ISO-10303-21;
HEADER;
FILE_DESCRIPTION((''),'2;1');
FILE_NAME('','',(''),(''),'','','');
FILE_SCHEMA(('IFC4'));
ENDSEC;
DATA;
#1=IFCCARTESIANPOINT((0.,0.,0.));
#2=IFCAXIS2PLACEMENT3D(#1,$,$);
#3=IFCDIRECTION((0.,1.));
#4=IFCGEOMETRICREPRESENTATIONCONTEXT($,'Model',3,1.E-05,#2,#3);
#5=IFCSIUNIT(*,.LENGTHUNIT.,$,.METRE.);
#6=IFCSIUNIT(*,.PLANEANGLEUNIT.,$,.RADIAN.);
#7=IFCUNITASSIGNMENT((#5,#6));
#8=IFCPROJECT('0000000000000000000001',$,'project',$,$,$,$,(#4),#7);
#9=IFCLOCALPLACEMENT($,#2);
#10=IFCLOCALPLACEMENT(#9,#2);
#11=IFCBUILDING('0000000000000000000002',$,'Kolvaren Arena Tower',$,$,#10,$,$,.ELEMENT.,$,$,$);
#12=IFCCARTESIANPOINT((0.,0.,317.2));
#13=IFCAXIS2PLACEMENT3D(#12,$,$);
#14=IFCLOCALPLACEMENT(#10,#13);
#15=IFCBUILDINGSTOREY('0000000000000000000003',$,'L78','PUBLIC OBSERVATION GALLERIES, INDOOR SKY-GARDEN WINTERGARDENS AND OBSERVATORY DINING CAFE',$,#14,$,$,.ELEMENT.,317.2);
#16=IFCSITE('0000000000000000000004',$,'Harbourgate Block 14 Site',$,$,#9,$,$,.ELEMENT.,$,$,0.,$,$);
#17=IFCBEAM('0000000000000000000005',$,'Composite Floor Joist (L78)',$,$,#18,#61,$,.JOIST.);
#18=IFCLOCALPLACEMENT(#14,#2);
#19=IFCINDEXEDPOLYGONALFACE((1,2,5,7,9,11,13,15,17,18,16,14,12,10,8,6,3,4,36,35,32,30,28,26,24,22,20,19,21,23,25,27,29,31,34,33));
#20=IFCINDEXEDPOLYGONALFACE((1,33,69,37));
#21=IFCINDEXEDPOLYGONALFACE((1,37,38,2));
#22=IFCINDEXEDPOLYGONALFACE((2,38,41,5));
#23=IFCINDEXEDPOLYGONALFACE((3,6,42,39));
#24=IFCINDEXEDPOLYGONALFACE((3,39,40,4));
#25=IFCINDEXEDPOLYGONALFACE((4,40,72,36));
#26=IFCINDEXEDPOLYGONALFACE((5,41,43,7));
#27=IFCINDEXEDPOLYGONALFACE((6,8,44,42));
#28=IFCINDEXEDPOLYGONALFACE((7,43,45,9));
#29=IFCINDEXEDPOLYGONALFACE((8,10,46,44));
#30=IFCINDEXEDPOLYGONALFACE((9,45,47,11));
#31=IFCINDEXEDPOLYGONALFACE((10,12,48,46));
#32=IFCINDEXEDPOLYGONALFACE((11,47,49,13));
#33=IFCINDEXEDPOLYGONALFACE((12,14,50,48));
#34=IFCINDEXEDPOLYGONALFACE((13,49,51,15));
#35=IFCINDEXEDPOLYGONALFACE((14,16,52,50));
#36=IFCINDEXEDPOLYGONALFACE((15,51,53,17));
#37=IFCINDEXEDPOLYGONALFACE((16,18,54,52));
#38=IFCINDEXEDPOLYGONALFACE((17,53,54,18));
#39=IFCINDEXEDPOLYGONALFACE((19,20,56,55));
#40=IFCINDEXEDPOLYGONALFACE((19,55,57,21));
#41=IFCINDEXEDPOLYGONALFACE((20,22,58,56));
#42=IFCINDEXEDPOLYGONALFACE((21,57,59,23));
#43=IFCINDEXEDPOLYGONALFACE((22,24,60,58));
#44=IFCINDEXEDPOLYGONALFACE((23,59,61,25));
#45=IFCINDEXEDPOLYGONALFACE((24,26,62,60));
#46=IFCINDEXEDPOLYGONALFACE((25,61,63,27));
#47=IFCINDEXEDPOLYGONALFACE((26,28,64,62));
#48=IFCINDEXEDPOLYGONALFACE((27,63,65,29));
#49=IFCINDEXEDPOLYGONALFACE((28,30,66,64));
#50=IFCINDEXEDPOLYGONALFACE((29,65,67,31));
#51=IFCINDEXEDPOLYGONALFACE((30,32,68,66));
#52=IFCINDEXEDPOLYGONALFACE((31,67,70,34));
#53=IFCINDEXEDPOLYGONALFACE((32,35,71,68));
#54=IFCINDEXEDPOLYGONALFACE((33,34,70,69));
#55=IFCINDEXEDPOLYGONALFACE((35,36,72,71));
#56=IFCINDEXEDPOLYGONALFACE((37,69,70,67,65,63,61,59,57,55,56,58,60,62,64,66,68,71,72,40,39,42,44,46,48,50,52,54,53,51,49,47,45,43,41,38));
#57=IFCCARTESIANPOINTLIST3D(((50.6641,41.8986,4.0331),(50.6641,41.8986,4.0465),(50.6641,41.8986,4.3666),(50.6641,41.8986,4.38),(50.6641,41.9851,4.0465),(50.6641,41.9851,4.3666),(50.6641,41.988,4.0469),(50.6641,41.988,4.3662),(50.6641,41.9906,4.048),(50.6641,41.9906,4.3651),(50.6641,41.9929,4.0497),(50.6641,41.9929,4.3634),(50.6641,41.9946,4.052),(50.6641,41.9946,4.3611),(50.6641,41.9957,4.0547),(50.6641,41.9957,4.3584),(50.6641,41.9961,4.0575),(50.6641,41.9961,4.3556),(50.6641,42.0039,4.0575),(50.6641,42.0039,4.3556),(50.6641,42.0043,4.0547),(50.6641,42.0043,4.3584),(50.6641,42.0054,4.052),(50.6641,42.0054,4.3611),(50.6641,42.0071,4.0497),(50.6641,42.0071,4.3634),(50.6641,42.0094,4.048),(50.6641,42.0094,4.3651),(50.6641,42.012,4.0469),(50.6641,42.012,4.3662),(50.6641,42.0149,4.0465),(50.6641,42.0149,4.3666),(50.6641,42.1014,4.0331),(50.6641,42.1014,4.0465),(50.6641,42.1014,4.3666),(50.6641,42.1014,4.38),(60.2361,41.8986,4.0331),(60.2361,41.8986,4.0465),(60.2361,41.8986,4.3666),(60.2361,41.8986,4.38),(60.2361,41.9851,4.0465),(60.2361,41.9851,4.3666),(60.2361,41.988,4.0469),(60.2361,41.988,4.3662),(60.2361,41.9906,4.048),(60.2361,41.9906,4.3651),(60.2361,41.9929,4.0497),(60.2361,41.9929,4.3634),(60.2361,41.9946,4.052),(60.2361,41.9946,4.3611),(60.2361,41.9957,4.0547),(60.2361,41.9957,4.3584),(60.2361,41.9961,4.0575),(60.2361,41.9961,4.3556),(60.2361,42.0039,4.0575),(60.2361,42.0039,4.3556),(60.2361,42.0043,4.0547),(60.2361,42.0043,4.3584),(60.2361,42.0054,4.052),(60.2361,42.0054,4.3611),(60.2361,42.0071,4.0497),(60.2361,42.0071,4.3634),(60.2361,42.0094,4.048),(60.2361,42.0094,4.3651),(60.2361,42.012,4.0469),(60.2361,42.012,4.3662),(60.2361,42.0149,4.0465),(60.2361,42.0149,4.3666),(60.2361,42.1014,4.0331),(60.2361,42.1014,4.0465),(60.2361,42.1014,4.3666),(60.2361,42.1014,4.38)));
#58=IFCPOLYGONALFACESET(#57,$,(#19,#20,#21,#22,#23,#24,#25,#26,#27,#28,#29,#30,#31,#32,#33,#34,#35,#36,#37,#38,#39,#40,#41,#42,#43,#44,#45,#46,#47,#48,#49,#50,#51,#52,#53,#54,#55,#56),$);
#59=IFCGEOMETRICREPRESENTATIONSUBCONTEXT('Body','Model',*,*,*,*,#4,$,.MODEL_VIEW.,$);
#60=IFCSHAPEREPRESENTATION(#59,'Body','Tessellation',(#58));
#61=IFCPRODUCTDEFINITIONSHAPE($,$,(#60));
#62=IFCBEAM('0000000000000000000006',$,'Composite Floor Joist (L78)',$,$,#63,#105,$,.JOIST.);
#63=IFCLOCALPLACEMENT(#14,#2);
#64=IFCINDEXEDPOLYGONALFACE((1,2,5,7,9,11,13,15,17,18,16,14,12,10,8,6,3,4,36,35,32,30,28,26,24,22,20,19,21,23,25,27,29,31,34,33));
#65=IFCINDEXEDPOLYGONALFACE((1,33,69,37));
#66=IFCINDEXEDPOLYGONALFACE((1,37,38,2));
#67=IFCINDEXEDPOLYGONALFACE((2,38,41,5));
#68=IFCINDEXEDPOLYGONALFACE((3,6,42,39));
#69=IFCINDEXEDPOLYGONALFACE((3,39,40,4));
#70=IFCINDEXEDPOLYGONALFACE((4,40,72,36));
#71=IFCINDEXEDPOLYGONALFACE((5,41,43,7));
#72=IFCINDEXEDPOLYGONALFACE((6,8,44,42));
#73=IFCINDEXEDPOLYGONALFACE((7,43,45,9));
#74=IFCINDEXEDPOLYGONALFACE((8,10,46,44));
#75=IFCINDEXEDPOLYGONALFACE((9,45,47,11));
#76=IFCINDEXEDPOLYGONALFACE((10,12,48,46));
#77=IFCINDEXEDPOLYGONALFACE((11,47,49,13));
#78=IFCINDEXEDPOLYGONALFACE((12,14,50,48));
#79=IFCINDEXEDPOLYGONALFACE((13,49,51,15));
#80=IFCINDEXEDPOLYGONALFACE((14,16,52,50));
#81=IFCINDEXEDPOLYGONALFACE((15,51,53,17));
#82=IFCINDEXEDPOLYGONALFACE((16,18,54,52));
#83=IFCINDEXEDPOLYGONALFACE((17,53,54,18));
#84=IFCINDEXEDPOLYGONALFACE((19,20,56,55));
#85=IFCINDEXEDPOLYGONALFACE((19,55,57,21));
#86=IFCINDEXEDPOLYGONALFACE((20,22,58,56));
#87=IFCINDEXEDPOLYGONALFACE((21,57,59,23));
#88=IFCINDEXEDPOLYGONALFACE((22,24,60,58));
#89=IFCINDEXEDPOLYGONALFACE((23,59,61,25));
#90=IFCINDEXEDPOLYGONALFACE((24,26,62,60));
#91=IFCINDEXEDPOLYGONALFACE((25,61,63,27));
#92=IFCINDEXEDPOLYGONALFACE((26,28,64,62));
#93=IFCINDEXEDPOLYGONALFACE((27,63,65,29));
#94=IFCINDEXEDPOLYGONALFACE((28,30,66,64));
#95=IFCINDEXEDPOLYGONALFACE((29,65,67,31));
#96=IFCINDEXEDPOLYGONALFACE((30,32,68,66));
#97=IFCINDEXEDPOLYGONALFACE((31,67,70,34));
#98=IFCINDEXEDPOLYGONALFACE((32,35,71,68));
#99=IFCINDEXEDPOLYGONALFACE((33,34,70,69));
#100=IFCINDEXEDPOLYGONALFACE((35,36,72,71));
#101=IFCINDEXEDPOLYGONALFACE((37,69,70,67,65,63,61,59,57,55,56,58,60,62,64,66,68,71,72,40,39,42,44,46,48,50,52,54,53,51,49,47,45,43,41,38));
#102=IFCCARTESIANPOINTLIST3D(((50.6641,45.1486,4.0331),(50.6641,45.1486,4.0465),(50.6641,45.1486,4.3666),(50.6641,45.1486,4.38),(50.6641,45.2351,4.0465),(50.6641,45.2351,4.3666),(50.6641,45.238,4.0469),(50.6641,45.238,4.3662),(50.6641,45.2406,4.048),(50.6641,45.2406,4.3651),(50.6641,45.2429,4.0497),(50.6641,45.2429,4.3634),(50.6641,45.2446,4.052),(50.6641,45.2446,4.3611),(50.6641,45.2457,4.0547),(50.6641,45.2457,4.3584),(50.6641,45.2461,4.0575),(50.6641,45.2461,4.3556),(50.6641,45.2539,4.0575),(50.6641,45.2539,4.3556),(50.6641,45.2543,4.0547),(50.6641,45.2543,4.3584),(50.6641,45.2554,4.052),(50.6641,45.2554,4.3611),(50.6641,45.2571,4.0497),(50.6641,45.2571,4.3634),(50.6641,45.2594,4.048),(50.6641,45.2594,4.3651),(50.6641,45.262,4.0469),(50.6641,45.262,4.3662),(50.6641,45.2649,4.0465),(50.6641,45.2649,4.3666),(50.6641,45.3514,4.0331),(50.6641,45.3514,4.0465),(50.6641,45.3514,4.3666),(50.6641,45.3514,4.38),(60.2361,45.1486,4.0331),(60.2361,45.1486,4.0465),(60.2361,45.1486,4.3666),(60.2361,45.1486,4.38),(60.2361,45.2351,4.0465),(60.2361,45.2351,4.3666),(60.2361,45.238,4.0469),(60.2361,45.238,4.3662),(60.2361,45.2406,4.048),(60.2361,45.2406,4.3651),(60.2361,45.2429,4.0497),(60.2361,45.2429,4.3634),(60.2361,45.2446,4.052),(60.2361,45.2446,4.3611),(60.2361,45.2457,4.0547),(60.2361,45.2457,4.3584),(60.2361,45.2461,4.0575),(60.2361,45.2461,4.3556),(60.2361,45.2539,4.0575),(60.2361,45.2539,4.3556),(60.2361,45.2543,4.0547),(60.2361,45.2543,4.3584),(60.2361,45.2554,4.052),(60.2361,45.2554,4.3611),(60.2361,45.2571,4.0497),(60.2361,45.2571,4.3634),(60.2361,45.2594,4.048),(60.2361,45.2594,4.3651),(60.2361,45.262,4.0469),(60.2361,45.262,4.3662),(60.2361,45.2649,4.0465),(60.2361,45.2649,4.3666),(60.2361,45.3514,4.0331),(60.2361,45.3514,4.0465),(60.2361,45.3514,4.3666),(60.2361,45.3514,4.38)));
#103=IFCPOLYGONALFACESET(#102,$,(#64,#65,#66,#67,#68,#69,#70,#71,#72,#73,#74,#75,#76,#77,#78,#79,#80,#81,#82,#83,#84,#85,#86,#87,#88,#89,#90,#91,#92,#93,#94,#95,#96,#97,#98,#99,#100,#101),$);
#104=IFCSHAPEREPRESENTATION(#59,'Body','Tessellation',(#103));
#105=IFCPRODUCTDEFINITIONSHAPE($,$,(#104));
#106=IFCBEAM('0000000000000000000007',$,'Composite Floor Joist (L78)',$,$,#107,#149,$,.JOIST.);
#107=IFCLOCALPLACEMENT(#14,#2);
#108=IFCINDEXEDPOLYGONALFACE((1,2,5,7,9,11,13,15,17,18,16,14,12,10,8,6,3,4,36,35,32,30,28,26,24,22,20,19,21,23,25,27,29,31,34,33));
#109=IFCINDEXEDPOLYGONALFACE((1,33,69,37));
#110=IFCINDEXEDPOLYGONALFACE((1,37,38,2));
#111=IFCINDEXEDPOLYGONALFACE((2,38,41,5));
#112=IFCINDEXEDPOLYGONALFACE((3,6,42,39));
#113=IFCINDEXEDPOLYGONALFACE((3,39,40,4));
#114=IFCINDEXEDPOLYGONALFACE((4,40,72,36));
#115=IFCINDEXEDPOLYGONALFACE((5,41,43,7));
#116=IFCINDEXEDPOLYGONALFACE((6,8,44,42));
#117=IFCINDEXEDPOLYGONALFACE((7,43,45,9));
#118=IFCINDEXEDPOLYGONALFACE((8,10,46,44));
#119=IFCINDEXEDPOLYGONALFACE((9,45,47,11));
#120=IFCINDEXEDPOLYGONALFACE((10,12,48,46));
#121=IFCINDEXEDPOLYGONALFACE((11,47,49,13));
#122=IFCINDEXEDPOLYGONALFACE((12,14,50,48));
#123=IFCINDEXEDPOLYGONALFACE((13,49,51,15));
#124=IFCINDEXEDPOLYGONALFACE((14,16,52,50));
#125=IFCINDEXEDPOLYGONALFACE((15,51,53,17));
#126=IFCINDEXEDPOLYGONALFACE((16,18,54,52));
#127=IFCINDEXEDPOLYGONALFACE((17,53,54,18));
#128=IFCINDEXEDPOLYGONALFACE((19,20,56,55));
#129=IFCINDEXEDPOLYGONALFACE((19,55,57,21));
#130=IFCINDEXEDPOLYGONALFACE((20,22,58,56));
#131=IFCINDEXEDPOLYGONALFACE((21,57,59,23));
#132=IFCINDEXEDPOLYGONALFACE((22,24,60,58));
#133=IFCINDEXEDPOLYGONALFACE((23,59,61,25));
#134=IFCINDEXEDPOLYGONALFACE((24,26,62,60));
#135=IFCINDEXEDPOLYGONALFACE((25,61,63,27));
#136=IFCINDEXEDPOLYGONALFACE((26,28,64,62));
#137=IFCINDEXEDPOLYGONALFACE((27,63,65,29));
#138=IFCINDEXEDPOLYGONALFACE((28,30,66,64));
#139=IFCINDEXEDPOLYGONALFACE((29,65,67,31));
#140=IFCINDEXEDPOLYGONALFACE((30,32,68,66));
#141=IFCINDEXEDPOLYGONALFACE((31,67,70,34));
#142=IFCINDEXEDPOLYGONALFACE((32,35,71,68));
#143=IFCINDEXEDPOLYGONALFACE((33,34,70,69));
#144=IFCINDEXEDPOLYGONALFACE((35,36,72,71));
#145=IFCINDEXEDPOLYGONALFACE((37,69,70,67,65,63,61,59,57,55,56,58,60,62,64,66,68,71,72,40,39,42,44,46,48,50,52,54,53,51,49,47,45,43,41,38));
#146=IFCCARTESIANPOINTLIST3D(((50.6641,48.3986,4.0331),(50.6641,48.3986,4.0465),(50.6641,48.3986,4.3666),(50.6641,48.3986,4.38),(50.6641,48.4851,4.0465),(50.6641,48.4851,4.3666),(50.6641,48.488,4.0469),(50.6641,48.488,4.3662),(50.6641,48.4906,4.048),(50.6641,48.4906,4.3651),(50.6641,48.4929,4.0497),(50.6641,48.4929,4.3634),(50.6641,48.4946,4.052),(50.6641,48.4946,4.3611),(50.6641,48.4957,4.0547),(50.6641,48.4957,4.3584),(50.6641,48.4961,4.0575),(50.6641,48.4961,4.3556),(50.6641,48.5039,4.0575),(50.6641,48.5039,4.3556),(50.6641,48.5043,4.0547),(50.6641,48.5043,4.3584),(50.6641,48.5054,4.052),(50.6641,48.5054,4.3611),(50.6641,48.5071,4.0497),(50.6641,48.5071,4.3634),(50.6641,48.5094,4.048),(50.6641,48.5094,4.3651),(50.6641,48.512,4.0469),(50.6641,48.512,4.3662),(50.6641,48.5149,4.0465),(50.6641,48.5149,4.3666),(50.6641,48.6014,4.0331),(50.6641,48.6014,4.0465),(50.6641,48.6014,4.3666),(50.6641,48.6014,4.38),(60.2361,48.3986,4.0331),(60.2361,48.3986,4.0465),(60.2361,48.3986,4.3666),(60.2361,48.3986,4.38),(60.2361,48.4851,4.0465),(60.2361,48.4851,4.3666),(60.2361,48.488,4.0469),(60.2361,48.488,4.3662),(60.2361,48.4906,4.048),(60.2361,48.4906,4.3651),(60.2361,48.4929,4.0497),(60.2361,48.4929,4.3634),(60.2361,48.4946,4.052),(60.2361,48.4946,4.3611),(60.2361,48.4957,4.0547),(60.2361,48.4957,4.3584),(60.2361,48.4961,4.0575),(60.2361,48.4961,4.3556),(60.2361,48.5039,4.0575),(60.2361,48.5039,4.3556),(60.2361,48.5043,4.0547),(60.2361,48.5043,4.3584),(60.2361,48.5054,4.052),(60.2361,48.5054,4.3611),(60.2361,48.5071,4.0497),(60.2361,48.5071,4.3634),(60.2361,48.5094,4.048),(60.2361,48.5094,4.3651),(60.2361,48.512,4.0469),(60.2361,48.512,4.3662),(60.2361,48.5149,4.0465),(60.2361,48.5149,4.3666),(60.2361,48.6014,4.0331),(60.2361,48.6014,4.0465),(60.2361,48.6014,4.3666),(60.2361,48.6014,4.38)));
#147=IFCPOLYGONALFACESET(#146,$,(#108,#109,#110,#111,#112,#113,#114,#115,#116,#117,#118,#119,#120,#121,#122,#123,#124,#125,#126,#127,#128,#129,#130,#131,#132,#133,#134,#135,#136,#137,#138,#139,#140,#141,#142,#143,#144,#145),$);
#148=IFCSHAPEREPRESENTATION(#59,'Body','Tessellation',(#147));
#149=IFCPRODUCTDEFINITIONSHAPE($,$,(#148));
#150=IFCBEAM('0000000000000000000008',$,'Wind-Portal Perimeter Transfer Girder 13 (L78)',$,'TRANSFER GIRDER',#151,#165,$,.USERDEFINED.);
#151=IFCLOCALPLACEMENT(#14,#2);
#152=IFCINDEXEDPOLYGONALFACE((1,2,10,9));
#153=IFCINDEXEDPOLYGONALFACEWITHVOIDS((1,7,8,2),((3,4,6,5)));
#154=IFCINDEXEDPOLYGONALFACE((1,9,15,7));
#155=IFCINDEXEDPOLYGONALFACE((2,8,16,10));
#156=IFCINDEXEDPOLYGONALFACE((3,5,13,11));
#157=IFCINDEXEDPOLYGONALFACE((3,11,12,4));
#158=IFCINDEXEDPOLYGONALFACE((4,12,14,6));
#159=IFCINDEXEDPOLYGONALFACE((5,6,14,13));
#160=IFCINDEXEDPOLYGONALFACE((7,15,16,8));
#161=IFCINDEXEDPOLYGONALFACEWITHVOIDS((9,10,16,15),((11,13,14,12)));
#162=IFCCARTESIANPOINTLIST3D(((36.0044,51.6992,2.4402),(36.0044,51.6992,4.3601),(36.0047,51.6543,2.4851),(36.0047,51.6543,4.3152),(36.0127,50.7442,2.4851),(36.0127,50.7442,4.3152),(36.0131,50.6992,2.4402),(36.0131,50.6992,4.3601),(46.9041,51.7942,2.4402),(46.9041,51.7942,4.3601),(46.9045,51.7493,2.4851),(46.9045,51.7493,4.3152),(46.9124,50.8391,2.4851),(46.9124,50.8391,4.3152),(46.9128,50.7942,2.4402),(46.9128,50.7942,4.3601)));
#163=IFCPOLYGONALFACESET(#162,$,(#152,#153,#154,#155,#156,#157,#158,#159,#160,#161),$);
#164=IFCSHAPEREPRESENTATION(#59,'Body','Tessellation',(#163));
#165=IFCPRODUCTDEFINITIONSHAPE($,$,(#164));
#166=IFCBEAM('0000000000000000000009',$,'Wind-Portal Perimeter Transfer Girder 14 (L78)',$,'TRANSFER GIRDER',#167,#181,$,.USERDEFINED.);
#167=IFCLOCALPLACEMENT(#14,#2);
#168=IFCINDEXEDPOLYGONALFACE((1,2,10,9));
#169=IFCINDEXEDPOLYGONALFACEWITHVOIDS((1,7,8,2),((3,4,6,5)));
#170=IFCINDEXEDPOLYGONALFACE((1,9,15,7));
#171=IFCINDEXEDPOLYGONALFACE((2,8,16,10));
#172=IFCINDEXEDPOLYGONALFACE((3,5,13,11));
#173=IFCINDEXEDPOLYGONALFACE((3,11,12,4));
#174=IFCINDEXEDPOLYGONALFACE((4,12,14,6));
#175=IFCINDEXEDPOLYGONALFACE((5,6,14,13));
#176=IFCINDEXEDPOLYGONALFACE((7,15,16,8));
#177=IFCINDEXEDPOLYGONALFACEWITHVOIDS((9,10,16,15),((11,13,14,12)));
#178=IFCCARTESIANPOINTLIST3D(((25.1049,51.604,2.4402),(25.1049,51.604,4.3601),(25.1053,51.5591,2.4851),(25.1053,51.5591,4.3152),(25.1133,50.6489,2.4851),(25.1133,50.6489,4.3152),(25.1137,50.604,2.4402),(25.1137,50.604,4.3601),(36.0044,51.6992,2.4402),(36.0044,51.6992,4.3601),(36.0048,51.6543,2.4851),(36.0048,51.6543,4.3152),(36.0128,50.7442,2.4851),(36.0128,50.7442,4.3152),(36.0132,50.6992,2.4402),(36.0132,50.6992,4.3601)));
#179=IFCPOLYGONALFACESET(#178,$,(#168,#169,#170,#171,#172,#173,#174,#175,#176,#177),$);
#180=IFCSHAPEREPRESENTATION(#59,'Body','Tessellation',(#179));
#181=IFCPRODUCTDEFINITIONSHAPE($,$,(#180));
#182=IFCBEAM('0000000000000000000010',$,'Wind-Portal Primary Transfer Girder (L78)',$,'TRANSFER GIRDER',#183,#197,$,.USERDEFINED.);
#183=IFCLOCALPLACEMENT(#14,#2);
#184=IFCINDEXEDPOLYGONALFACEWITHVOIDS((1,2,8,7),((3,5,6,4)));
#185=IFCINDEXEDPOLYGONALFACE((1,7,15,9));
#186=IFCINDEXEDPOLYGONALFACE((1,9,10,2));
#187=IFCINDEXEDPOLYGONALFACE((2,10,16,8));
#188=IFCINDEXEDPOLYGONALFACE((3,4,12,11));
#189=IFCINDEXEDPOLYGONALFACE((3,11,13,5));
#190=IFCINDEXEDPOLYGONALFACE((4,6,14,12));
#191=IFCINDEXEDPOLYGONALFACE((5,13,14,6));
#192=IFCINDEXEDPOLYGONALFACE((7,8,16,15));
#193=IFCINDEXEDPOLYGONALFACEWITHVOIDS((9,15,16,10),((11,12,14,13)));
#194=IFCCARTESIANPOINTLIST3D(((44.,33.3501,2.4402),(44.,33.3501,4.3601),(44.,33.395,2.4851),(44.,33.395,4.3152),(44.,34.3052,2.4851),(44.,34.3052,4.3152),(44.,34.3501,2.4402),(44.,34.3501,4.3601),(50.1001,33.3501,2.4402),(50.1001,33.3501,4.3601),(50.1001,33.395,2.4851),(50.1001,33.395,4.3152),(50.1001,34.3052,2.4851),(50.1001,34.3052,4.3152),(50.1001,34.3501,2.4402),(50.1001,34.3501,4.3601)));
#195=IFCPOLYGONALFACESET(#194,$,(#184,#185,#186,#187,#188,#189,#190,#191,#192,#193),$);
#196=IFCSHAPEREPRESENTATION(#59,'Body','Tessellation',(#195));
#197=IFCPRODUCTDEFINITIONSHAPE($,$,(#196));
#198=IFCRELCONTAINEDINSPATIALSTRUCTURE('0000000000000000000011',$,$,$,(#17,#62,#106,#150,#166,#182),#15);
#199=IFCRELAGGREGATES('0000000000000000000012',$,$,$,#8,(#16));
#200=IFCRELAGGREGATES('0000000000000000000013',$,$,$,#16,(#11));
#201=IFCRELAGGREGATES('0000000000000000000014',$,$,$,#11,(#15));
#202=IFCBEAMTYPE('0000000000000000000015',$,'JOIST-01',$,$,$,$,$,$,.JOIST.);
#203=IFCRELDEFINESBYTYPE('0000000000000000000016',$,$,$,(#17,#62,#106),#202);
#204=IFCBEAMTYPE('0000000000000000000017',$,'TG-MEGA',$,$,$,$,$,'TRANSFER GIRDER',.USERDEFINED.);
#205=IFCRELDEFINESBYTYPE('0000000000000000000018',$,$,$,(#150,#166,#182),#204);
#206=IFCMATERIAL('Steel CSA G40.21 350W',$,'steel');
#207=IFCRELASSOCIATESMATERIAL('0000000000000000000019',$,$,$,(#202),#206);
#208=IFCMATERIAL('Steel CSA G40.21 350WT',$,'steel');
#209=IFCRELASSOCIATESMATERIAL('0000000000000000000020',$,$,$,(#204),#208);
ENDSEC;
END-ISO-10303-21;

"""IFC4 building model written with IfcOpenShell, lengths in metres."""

from ifc_helpers import new_model, si_unit, direction, frame, origin, origin_2d, place, context, subcontext, project, spatial, hollow_rectangle, i_section, extrude, material, material_profile, profile_set, type_object, element, save


model = new_model("IFC4")

# Units and contexts
model_context = context("Model", 3, precision=1e-05, world=origin(), true_north=direction((0.0, 1.0)))
body_context = subcontext(model_context, "Body", "Model", "MODEL_VIEW")
ifc_project = project(units=[si_unit("LENGTHUNIT", "METRE"), si_unit("PLANEANGLEUNIT", "RADIAN")], contexts=[model_context])

# Site, building, storey
site_placement = place(None, origin())
site = spatial("IfcSite", under=ifc_project, at=site_placement, Name="Harbourgate Block 14 Site", CompositionType="ELEMENT", RefElevation=0.0)
building_placement = place(site_placement, origin())
building = spatial("IfcBuilding", under=site, at=building_placement, Name="Kolvaren Arena Tower", CompositionType="ELEMENT")
storey_placement = place(building_placement, frame((0.0, 0.0, 317.2)))
storey = spatial("IfcBuildingStorey", under=building, at=storey_placement, Name="L78", Description="PUBLIC OBSERVATION GALLERIES, INDOOR SKY-GARDEN WINTERGARDENS AND OBSERVATORY DINING CAFE", CompositionType="ELEMENT", Elevation=317.2)

# Shared definitions
ifc_material_1 = material(Name="Steel CSA G40.21 350W", Category="steel")

# Beams
ifc_material_profile_1 = material_profile(ifc_material_1, i_section(OverallWidth=0.2029, OverallDepth=0.3469, WebThickness=0.0078, FlangeThickness=0.0134, FilletRadius=0.011, at=origin_2d()), Name="W360x64")
ifc_profile_set_1 = profile_set([ifc_material_profile_1], Name="Steel CSA G40.21 350W")
beam_type_1 = type_object("IfcBeamType", Name="JOIST-01", PredefinedType="JOIST", material=ifc_profile_set_1)
for number, where, z_axis, x_axis, name in (
    (1, (50.6641, 42.0, 4.2065), (1.0, 0.0, 0.0), (0.0, 1.0, 0.0), "Composite Floor Joist (L78)"),
    (2, (50.6641, 45.25, 4.2065), (1.0, 0.0, 0.0), (0.0, 1.0, 0.0), "Composite Floor Joist (L78)"),
    (3, (50.6641, 48.5, 4.2065), (1.0, 0.0, 0.0), (0.0, 1.0, 0.0), "Composite Floor Joist (L78)"),
):
    element("IfcBeam", number, at=place(storey_placement, frame(where, z_axis=z_axis, x_axis=x_axis)), inside=storey, type_object=beam_type_1, Name=name, PredefinedType="JOIST", context=body_context, shape_type="SweptSolid", body=[
        extrude(i_section(OverallWidth=0.2029, OverallDepth=0.3469, WebThickness=0.0078, FlangeThickness=0.0134, FilletRadius=0.011, at=origin_2d()), origin(), (0.0, 0.0, 1.0), 9.572),
    ])
ifc_material_2 = material(Name="Steel CSA G40.21 350WT", Category="steel")
ifc_material_profile_2 = material_profile(ifc_material_2, hollow_rectangle(XDim=1.0, YDim=1.9199, WallThickness=0.0449, at=origin_2d()), Name="BOX 1000x1920x45")
ifc_profile_set_2 = profile_set([ifc_material_profile_2], Name="Steel CSA G40.21 350WT")
beam_type_2 = type_object("IfcBeamType", Name="TG-MEGA", ElementType="TRANSFER GIRDER", PredefinedType="USERDEFINED", material=ifc_profile_set_2)
beam_1_placement = place(storey_placement, frame((46.9084, 51.2942, 3.4001), z_axis=(-0.999962, -0.008713, 0.0), x_axis=(0.008713, -0.999962, 0.0)))
element("IfcBeam", 4, at=beam_1_placement, inside=storey, type_object=beam_type_2, Name="Wind-Portal Perimeter Transfer Girder 13 (L78)", ObjectType="TRANSFER GIRDER", PredefinedType="USERDEFINED", context=body_context, shape_type="SweptSolid", body=[
    extrude(hollow_rectangle(XDim=1.0, YDim=1.9199, WallThickness=0.0449, at=origin_2d()), origin(), (0.0, 0.0, 1.0), 10.9001),
])
beam_2_placement = place(storey_placement, frame((36.0088, 51.1992, 3.4001), z_axis=(-0.999962, -0.008735, 0.0), x_axis=(0.008735, -0.999962, 0.0)))
element("IfcBeam", 5, at=beam_2_placement, inside=storey, type_object=beam_type_2, Name="Wind-Portal Perimeter Transfer Girder 14 (L78)", ObjectType="TRANSFER GIRDER", PredefinedType="USERDEFINED", context=body_context, shape_type="SweptSolid", body=[
    extrude(hollow_rectangle(XDim=1.0, YDim=1.9199, WallThickness=0.0449, at=origin_2d()), origin(), (0.0, 0.0, 1.0), 10.8999),
])
beam_3_placement = place(storey_placement, frame((44.0, 33.8501, 3.4001), z_axis=(1.0, 0.0, 0.0), x_axis=(0.0, 1.0, 0.0)))
element("IfcBeam", 6, at=beam_3_placement, inside=storey, type_object=beam_type_2, Name="Wind-Portal Primary Transfer Girder (L78)", ObjectType="TRANSFER GIRDER", PredefinedType="USERDEFINED", context=body_context, shape_type="SweptSolid", body=[
    extrude(hollow_rectangle(XDim=1.0, YDim=1.9199, WallThickness=0.0449, at=origin_2d()), origin(), (0.0, 0.0, 1.0), 6.1001),
])

save(model, "model.ifc")
